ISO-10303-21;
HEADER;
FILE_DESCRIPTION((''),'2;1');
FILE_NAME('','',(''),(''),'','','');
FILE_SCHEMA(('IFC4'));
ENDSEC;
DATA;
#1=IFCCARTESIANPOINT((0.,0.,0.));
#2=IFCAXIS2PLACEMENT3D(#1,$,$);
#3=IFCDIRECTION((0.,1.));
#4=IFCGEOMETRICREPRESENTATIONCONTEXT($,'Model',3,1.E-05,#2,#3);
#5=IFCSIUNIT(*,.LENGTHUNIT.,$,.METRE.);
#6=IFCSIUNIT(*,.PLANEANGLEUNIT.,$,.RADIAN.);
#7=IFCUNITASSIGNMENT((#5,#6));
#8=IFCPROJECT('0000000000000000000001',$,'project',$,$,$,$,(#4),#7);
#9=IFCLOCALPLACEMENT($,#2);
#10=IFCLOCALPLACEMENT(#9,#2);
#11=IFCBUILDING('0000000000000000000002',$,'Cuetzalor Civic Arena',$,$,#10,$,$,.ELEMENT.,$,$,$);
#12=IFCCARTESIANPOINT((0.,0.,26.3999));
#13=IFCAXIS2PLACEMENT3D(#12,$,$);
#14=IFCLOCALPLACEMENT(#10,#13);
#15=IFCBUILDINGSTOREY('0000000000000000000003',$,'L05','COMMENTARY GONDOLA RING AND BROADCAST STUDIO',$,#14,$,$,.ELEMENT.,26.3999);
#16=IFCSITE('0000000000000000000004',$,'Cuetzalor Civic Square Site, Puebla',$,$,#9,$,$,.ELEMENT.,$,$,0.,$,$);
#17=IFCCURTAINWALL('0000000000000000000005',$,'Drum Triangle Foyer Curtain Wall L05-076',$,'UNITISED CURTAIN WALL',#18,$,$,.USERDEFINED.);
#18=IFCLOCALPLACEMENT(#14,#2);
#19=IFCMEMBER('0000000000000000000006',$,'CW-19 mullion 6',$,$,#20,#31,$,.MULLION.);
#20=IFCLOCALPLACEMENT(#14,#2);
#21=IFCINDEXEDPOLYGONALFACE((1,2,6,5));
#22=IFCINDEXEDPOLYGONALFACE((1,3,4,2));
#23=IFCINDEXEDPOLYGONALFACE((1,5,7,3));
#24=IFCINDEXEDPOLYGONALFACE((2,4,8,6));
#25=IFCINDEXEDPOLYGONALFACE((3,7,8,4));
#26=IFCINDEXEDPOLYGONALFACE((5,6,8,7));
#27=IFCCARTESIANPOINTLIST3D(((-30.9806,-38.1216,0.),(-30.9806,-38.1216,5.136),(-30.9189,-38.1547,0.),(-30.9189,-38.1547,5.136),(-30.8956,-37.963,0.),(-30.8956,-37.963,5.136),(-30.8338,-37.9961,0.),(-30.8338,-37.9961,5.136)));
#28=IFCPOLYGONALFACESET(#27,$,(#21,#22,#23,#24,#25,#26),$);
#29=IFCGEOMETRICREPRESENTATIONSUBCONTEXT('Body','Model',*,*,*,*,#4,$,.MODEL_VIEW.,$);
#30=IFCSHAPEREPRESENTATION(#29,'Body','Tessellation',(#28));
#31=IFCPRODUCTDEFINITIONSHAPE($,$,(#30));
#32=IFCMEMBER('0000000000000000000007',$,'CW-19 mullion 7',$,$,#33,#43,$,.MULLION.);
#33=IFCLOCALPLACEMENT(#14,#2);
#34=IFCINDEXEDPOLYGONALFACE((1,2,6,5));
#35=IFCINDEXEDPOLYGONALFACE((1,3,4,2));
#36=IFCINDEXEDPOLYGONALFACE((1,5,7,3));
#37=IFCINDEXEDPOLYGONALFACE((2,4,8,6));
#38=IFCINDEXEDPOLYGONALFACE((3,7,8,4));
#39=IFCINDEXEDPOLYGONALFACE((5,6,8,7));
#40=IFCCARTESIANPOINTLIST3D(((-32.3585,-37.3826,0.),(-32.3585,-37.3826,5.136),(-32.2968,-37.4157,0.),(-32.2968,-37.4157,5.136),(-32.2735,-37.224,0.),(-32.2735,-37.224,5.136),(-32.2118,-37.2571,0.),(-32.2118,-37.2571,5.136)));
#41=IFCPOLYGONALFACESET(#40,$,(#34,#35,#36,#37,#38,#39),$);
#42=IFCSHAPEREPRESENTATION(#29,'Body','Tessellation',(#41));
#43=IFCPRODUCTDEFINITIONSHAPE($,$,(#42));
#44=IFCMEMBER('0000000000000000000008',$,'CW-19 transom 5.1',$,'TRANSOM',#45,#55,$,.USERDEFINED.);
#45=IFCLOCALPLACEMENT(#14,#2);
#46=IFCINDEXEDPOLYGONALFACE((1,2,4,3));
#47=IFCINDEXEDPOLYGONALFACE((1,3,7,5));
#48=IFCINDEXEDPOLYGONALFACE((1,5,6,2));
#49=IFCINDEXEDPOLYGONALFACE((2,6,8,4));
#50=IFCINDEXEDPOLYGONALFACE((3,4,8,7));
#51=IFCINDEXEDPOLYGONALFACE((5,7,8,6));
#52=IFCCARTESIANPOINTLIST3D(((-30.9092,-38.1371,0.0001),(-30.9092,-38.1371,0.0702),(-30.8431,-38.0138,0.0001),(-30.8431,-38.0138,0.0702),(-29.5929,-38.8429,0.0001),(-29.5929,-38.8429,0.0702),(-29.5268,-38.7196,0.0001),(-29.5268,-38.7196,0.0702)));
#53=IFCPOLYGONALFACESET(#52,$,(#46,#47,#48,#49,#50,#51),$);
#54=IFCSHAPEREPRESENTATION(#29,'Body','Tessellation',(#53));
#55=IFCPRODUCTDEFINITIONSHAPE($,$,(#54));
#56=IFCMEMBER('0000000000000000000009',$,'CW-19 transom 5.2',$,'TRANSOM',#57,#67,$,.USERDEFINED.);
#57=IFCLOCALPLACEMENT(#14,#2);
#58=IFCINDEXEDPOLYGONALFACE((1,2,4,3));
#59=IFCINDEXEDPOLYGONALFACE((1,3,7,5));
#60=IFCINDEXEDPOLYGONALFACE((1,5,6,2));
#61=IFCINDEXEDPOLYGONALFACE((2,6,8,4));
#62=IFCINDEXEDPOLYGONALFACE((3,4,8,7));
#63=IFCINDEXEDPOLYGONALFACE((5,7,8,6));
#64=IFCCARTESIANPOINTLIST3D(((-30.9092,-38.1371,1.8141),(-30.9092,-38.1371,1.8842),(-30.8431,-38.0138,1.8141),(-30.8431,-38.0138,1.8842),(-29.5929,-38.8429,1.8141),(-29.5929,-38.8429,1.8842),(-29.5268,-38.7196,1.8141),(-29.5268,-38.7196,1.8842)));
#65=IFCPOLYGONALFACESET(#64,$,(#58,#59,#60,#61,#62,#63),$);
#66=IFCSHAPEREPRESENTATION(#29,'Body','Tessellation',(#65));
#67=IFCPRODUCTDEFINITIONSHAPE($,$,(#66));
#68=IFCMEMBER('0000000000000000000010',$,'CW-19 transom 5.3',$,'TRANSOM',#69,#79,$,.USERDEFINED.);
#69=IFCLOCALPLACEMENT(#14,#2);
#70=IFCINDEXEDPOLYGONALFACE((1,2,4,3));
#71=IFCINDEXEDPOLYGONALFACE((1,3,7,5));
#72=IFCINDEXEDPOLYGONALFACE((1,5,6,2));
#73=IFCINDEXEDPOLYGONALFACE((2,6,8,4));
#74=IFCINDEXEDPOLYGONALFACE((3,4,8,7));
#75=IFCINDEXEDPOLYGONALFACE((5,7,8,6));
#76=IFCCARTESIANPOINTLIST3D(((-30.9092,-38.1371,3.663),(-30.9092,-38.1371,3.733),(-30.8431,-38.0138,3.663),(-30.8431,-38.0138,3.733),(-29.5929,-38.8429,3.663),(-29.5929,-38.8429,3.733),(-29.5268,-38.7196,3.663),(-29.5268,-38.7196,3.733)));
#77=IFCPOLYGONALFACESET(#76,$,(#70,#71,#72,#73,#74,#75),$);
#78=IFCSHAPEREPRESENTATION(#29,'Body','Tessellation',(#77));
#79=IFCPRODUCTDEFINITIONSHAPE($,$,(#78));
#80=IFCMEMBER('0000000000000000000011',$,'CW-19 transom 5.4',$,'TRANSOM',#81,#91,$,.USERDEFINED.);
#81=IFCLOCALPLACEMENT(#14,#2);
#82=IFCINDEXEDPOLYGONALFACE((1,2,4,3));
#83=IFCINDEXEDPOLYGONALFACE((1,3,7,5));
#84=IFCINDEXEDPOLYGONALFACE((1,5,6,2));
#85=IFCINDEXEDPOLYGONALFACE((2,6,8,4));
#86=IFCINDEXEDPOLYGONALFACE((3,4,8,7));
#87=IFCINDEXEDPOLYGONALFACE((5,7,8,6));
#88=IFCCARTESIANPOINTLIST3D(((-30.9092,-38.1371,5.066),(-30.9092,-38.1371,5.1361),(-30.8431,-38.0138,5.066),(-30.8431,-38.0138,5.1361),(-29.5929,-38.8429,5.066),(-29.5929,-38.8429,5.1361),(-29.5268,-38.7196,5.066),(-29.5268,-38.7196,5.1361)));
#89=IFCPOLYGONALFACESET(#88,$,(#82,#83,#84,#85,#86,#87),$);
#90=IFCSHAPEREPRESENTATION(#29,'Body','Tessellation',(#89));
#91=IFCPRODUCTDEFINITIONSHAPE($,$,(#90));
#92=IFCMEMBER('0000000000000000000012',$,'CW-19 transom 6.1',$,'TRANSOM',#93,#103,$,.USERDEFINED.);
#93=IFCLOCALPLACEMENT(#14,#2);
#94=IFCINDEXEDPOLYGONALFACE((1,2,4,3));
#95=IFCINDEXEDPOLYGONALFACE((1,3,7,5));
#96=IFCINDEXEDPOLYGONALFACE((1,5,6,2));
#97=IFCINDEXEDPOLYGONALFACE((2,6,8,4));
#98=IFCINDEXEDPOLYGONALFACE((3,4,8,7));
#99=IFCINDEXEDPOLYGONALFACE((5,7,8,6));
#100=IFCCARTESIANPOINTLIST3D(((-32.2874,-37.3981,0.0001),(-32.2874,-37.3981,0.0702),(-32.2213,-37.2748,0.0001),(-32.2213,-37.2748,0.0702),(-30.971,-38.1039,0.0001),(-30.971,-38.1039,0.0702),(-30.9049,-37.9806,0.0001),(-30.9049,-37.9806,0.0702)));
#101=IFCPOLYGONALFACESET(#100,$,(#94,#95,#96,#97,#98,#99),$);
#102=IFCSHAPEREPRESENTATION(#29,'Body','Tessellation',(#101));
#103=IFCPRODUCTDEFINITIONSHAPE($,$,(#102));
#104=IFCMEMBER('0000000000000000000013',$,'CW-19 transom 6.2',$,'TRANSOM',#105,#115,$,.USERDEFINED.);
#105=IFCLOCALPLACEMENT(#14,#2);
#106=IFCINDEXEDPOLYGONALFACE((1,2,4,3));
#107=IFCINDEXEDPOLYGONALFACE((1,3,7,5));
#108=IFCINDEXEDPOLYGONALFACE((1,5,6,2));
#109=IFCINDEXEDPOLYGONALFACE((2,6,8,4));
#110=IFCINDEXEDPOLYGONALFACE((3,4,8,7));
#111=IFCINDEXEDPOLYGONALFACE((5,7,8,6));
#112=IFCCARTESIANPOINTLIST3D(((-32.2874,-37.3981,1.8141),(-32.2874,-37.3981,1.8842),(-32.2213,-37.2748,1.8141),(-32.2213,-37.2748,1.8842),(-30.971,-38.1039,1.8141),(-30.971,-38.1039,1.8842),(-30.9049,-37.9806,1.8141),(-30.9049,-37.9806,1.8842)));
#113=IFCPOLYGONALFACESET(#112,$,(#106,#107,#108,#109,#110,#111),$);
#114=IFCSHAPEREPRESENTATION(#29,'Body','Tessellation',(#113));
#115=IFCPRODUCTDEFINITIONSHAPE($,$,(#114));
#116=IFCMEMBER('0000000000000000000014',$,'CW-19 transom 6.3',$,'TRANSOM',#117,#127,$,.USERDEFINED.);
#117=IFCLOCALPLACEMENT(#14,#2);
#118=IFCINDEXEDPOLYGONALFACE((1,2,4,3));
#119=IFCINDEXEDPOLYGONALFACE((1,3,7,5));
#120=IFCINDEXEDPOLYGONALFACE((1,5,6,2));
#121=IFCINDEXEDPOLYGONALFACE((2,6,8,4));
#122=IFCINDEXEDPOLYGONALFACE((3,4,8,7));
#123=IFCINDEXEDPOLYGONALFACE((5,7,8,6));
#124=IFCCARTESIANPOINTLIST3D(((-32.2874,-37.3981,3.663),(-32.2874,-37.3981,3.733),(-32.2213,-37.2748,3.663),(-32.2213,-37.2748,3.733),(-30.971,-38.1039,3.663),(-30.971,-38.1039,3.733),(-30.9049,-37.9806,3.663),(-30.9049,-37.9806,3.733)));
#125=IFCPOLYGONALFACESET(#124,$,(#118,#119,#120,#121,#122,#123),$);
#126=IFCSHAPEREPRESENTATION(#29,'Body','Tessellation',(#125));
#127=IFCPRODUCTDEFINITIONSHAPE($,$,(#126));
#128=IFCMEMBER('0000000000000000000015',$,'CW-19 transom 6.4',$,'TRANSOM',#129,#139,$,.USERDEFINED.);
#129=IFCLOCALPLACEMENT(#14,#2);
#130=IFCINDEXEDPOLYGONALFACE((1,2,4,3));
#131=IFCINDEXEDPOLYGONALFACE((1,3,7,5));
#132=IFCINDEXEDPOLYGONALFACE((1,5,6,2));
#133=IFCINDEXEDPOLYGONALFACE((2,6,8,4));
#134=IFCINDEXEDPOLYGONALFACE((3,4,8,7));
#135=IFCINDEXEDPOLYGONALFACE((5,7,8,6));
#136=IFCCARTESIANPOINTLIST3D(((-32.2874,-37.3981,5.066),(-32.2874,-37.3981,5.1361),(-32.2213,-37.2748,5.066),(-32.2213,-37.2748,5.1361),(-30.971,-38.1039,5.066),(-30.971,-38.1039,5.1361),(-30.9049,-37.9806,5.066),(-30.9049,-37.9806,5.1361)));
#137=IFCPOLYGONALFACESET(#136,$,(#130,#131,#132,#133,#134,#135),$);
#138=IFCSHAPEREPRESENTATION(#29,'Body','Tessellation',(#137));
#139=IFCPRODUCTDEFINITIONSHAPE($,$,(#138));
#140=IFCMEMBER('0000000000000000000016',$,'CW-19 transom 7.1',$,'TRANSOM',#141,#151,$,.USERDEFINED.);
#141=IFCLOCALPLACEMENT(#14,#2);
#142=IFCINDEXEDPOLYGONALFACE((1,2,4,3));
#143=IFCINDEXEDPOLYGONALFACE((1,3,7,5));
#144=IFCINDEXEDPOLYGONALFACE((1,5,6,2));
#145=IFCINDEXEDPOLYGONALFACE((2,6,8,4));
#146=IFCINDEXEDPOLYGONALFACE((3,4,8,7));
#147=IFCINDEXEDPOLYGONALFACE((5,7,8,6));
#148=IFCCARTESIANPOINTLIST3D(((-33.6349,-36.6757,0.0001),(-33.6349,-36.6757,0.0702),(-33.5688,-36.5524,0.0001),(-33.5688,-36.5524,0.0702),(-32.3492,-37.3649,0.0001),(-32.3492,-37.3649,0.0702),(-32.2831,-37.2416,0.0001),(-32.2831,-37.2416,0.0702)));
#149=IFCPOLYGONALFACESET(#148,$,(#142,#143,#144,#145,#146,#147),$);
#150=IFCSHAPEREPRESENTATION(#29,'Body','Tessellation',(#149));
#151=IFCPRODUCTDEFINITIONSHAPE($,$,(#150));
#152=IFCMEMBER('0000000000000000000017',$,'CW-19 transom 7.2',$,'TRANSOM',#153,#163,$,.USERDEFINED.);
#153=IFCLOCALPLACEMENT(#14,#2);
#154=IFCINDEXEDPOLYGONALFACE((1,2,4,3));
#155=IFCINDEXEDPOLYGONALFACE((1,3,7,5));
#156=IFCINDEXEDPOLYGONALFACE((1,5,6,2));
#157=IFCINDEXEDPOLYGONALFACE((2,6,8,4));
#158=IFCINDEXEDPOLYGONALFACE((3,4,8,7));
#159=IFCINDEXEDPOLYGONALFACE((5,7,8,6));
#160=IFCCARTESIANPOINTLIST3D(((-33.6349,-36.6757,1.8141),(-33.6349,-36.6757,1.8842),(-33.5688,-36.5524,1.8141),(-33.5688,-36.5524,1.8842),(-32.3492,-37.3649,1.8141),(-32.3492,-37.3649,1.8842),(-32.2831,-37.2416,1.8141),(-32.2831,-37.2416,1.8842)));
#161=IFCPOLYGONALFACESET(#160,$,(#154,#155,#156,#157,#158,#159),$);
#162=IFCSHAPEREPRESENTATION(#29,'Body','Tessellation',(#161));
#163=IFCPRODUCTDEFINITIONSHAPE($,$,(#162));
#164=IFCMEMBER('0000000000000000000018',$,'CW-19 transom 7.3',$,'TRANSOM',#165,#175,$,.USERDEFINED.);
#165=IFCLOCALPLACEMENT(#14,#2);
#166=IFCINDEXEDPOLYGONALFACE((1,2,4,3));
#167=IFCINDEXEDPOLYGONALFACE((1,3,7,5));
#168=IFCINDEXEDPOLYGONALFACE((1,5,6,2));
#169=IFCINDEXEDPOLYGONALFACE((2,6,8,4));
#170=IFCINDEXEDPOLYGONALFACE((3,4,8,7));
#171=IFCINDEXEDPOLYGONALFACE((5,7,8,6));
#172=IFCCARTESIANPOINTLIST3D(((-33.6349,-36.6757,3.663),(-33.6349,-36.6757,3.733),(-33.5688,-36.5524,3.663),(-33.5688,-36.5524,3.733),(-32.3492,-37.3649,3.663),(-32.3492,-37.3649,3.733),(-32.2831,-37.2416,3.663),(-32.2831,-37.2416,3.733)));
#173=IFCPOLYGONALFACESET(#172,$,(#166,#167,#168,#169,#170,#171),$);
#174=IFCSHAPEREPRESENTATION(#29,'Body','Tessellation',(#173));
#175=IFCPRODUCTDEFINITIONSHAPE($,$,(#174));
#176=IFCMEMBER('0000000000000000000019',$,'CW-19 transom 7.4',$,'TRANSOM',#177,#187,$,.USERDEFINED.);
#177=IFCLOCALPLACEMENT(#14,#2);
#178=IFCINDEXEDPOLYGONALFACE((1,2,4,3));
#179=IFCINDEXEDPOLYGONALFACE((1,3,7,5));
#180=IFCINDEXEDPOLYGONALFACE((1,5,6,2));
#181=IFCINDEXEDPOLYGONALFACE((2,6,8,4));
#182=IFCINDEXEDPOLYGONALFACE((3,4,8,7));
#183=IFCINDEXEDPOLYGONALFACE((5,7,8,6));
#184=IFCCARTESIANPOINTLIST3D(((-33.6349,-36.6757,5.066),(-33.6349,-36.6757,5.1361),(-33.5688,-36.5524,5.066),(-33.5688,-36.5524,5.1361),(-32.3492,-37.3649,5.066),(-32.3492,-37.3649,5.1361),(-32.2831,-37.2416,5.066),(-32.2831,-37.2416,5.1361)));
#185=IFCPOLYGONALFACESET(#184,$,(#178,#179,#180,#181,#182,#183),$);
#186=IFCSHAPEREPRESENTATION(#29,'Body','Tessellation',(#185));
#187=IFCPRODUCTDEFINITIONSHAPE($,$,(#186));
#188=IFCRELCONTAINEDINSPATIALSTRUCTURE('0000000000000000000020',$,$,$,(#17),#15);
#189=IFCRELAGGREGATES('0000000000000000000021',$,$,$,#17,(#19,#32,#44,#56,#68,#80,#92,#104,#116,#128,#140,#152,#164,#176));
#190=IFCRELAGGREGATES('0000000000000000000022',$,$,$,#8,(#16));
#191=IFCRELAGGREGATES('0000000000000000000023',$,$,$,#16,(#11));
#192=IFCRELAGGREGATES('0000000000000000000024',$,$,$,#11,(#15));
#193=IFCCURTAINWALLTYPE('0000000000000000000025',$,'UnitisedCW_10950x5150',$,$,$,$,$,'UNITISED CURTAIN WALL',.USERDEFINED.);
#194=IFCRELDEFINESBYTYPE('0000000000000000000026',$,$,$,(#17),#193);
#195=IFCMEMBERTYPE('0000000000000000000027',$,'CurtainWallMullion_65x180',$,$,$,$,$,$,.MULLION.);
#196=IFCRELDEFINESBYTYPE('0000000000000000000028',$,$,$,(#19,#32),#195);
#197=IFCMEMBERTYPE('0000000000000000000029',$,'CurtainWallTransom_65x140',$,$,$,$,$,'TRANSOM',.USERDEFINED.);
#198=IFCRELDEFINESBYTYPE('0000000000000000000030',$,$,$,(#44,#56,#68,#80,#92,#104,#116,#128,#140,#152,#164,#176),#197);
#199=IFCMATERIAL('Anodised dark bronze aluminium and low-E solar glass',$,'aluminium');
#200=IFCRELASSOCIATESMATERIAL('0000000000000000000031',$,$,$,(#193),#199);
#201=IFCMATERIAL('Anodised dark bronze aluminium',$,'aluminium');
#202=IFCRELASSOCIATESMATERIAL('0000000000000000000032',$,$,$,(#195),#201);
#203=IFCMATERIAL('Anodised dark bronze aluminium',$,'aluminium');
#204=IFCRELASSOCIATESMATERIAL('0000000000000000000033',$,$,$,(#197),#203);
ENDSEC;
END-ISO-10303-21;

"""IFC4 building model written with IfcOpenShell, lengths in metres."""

from ifc_helpers import new_model, si_unit, direction, frame, origin, origin_2d, place, context, subcontext, project, spatial, rectangle, extrude, material, material_profile, profile_set, type_object, element, aggregate, save


model = new_model("IFC4")

# Units and contexts
model_context = context("Model", 3, precision=1e-05, world=origin(), true_north=direction((0.0, 1.0)))
body_context = subcontext(model_context, "Body", "Model", "MODEL_VIEW")
ifc_project = project(units=[si_unit("LENGTHUNIT", "METRE"), si_unit("PLANEANGLEUNIT", "RADIAN")], contexts=[model_context])

# Site, building, storey
site_placement = place(None, origin())
site = spatial("IfcSite", under=ifc_project, at=site_placement, Name="Cuetzalor Civic Square Site, Puebla", CompositionType="ELEMENT", RefElevation=0.0)
building_placement = place(site_placement, origin())
building = spatial("IfcBuilding", under=site, at=building_placement, Name="Cuetzalor Civic Arena", CompositionType="ELEMENT")
storey_placement = place(building_placement, frame((0.0, 0.0, 26.3999)))
storey = spatial("IfcBuildingStorey", under=building, at=storey_placement, Name="L05", Description="COMMENTARY GONDOLA RING AND BROADCAST STUDIO", CompositionType="ELEMENT", Elevation=26.3999)

# Curtain wall, members
ifc_material_1 = material(Name="Anodised dark bronze aluminium and low-E solar glass", Category="aluminium")
curtain_wall_type = type_object("IfcCurtainWallType", Name="UnitisedCW_10950x5150", ElementType="UNITISED CURTAIN WALL", PredefinedType="USERDEFINED", material=ifc_material_1)
curtain_wall_placement = place(storey_placement, origin())
curtain_wall = element("IfcCurtainWall", 1, at=curtain_wall_placement, inside=storey, type_object=curtain_wall_type, Name="Drum Triangle Foyer Curtain Wall L05-076", ObjectType="UNITISED CURTAIN WALL", PredefinedType="USERDEFINED")
ifc_material_2 = material(Name="Anodised dark bronze aluminium", Category="aluminium")
ifc_material_profile_1 = material_profile(ifc_material_2, rectangle(XDim=0.0701, YDim=0.1799, at=origin_2d()), Name="ALU MULLION 70x180")
ifc_profile_set_1 = profile_set([ifc_material_profile_1], Name="Anodised dark bronze aluminium")
member_type_1 = type_object("IfcMemberType", Name="CurtainWallMullion_65x180", PredefinedType="MULLION", material=ifc_profile_set_1)
member_1_placement = place(storey_placement, frame((-30.9072, -38.0588, 0.0), z_axis=(0.0, 0.0, 1.0), x_axis=(-0.881306, 0.472545, 0.0)))
member_1 = element("IfcMember", 2, at=member_1_placement, type_object=member_type_1, Name="CW-19 mullion 6", PredefinedType="MULLION", context=body_context, shape_type="SweptSolid", body=[
    extrude(rectangle(XDim=0.0701, YDim=0.1799, at=origin_2d()), origin(), (0.0, 0.0, 1.0), 5.136),
])
member_2_placement = place(storey_placement, frame((-32.2852, -37.3198, 0.0), z_axis=(0.0, 0.0, 1.0), x_axis=(-0.881306, 0.472545, 0.0)))
member_2 = element("IfcMember", 3, at=member_2_placement, type_object=member_type_1, Name="CW-19 mullion 7", PredefinedType="MULLION", context=body_context, shape_type="SweptSolid", body=[
    extrude(rectangle(XDim=0.0701, YDim=0.1799, at=origin_2d()), origin(), (0.0, 0.0, 1.0), 5.136),
])
ifc_material_3 = material(Name="Anodised dark bronze aluminium", Category="aluminium")
ifc_material_profile_2 = material_profile(ifc_material_3, rectangle(XDim=0.1399, YDim=0.0701, at=origin_2d()), Name="ALU TRANSOM 70x140")
ifc_profile_set_2 = profile_set([ifc_material_profile_2], Name="Anodised dark bronze aluminium")
member_type_2 = type_object("IfcMemberType", Name="CurtainWallTransom_65x140", ElementType="TRANSOM", PredefinedType="USERDEFINED", material=ifc_profile_set_2)
member_3_placement = place(storey_placement, frame((-29.5598, -38.7812, 0.0352), z_axis=(-0.881315, 0.47253, 0.0), x_axis=(-0.47253, -0.881315, 0.0)))
member_3 = element("IfcMember", 4, at=member_3_placement, type_object=member_type_2, Name="CW-19 transom 5.1", ObjectType="TRANSOM", PredefinedType="USERDEFINED", context=body_context, shape_type="SweptSolid", body=[
    extrude(rectangle(XDim=0.1399, YDim=0.0701, at=origin_2d()), origin(), (0.0, 0.0, 1.0), 1.4937),
])
member_4_placement = place(storey_placement, frame((-29.5598, -38.7812, 1.8491), z_axis=(-0.881315, 0.47253, 0.0), x_axis=(-0.47253, -0.881315, 0.0)))
member_4 = element("IfcMember", 5, at=member_4_placement, type_object=member_type_2, Name="CW-19 transom 5.2", ObjectType="TRANSOM", PredefinedType="USERDEFINED", context=body_context, shape_type="SweptSolid", body=[
    extrude(rectangle(XDim=0.1399, YDim=0.0701, at=origin_2d()), origin(), (0.0, 0.0, 1.0), 1.4937),
])
member_5_placement = place(storey_placement, frame((-29.5598, -38.7812, 3.698), z_axis=(-0.881315, 0.47253, 0.0), x_axis=(-0.47253, -0.881315, 0.0)))
member_5 = element("IfcMember", 6, at=member_5_placement, type_object=member_type_2, Name="CW-19 transom 5.3", ObjectType="TRANSOM", PredefinedType="USERDEFINED", context=body_context, shape_type="SweptSolid", body=[
    extrude(rectangle(XDim=0.1399, YDim=0.0701, at=origin_2d()), origin(), (0.0, 0.0, 1.0), 1.4937),
])
member_6_placement = place(storey_placement, frame((-29.5598, -38.7812, 5.1011), z_axis=(-0.881315, 0.47253, 0.0), x_axis=(-0.47253, -0.881315, 0.0)))
member_6 = element("IfcMember", 7, at=member_6_placement, type_object=member_type_2, Name="CW-19 transom 5.4", ObjectType="TRANSOM", PredefinedType="USERDEFINED", context=body_context, shape_type="SweptSolid", body=[
    extrude(rectangle(XDim=0.1399, YDim=0.0701, at=origin_2d()), origin(), (0.0, 0.0, 1.0), 1.4937),
])
member_7_placement = place(storey_placement, frame((-30.938, -38.0422, 0.0352), z_axis=(-0.881315, 0.47253, 0.0), x_axis=(-0.47253, -0.881315, 0.0)))
member_7 = element("IfcMember", 8, at=member_7_placement, type_object=member_type_2, Name="CW-19 transom 6.1", ObjectType="TRANSOM", PredefinedType="USERDEFINED", context=body_context, shape_type="SweptSolid", body=[
    extrude(rectangle(XDim=0.1399, YDim=0.0701, at=origin_2d()), origin(), (0.0, 0.0, 1.0), 1.4937),
])
member_8_placement = place(storey_placement, frame((-30.938, -38.0422, 1.8491), z_axis=(-0.881315, 0.47253, 0.0), x_axis=(-0.47253, -0.881315, 0.0)))
member_8 = element("IfcMember", 9, at=member_8_placement, type_object=member_type_2, Name="CW-19 transom 6.2", ObjectType="TRANSOM", PredefinedType="USERDEFINED", context=body_context, shape_type="SweptSolid", body=[
    extrude(rectangle(XDim=0.1399, YDim=0.0701, at=origin_2d()), origin(), (0.0, 0.0, 1.0), 1.4937),
])
member_9_placement = place(storey_placement, frame((-30.938, -38.0422, 3.698), z_axis=(-0.881315, 0.47253, 0.0), x_axis=(-0.47253, -0.881315, 0.0)))
member_9 = element("IfcMember", 10, at=member_9_placement, type_object=member_type_2, Name="CW-19 transom 6.3", ObjectType="TRANSOM", PredefinedType="USERDEFINED", context=body_context, shape_type="SweptSolid", body=[
    extrude(rectangle(XDim=0.1399, YDim=0.0701, at=origin_2d()), origin(), (0.0, 0.0, 1.0), 1.4937),
])
member_10_placement = place(storey_placement, frame((-30.938, -38.0422, 5.1011), z_axis=(-0.881315, 0.47253, 0.0), x_axis=(-0.47253, -0.881315, 0.0)))
member_10 = element("IfcMember", 11, at=member_10_placement, type_object=member_type_2, Name="CW-19 transom 6.4", ObjectType="TRANSOM", PredefinedType="USERDEFINED", context=body_context, shape_type="SweptSolid", body=[
    extrude(rectangle(XDim=0.1399, YDim=0.0701, at=origin_2d()), origin(), (0.0, 0.0, 1.0), 1.4937),
])
member_11_placement = place(storey_placement, frame((-32.3162, -37.3032, 0.0352), z_axis=(-0.881346, 0.472472, 0.0), x_axis=(-0.472472, -0.881346, 0.0)))
member_11 = element("IfcMember", 12, at=member_11_placement, type_object=member_type_2, Name="CW-19 transom 7.1", ObjectType="TRANSOM", PredefinedType="USERDEFINED", context=body_context, shape_type="SweptSolid", body=[
    extrude(rectangle(XDim=0.1399, YDim=0.0701, at=origin_2d()), origin(), (0.0, 0.0, 1.0), 1.4587),
])
member_12_placement = place(storey_placement, frame((-32.3162, -37.3032, 1.8491), z_axis=(-0.881346, 0.472472, 0.0), x_axis=(-0.472472, -0.881346, 0.0)))
member_12 = element("IfcMember", 13, at=member_12_placement, type_object=member_type_2, Name="CW-19 transom 7.2", ObjectType="TRANSOM", PredefinedType="USERDEFINED", context=body_context, shape_type="SweptSolid", body=[
    extrude(rectangle(XDim=0.1399, YDim=0.0701, at=origin_2d()), origin(), (0.0, 0.0, 1.0), 1.4587),
])
member_13_placement = place(storey_placement, frame((-32.3162, -37.3032, 3.698), z_axis=(-0.881346, 0.472472, 0.0), x_axis=(-0.472472, -0.881346, 0.0)))
member_13 = element("IfcMember", 14, at=member_13_placement, type_object=member_type_2, Name="CW-19 transom 7.3", ObjectType="TRANSOM", PredefinedType="USERDEFINED", context=body_context, shape_type="SweptSolid", body=[
    extrude(rectangle(XDim=0.1399, YDim=0.0701, at=origin_2d()), origin(), (0.0, 0.0, 1.0), 1.4587),
])
member_14_placement = place(storey_placement, frame((-32.3162, -37.3032, 5.1011), z_axis=(-0.881346, 0.472472, 0.0), x_axis=(-0.472472, -0.881346, 0.0)))
member_14 = element("IfcMember", 15, at=member_14_placement, type_object=member_type_2, Name="CW-19 transom 7.4", ObjectType="TRANSOM", PredefinedType="USERDEFINED", context=body_context, shape_type="SweptSolid", body=[
    extrude(rectangle(XDim=0.1399, YDim=0.0701, at=origin_2d()), origin(), (0.0, 0.0, 1.0), 1.4587),
])
aggregate(curtain_wall, [member_1, member_2, member_3, member_4, member_5, member_6, member_7, member_8, member_9, member_10, member_11, member_12, member_13, member_14])

save(model, "model.ifc")
